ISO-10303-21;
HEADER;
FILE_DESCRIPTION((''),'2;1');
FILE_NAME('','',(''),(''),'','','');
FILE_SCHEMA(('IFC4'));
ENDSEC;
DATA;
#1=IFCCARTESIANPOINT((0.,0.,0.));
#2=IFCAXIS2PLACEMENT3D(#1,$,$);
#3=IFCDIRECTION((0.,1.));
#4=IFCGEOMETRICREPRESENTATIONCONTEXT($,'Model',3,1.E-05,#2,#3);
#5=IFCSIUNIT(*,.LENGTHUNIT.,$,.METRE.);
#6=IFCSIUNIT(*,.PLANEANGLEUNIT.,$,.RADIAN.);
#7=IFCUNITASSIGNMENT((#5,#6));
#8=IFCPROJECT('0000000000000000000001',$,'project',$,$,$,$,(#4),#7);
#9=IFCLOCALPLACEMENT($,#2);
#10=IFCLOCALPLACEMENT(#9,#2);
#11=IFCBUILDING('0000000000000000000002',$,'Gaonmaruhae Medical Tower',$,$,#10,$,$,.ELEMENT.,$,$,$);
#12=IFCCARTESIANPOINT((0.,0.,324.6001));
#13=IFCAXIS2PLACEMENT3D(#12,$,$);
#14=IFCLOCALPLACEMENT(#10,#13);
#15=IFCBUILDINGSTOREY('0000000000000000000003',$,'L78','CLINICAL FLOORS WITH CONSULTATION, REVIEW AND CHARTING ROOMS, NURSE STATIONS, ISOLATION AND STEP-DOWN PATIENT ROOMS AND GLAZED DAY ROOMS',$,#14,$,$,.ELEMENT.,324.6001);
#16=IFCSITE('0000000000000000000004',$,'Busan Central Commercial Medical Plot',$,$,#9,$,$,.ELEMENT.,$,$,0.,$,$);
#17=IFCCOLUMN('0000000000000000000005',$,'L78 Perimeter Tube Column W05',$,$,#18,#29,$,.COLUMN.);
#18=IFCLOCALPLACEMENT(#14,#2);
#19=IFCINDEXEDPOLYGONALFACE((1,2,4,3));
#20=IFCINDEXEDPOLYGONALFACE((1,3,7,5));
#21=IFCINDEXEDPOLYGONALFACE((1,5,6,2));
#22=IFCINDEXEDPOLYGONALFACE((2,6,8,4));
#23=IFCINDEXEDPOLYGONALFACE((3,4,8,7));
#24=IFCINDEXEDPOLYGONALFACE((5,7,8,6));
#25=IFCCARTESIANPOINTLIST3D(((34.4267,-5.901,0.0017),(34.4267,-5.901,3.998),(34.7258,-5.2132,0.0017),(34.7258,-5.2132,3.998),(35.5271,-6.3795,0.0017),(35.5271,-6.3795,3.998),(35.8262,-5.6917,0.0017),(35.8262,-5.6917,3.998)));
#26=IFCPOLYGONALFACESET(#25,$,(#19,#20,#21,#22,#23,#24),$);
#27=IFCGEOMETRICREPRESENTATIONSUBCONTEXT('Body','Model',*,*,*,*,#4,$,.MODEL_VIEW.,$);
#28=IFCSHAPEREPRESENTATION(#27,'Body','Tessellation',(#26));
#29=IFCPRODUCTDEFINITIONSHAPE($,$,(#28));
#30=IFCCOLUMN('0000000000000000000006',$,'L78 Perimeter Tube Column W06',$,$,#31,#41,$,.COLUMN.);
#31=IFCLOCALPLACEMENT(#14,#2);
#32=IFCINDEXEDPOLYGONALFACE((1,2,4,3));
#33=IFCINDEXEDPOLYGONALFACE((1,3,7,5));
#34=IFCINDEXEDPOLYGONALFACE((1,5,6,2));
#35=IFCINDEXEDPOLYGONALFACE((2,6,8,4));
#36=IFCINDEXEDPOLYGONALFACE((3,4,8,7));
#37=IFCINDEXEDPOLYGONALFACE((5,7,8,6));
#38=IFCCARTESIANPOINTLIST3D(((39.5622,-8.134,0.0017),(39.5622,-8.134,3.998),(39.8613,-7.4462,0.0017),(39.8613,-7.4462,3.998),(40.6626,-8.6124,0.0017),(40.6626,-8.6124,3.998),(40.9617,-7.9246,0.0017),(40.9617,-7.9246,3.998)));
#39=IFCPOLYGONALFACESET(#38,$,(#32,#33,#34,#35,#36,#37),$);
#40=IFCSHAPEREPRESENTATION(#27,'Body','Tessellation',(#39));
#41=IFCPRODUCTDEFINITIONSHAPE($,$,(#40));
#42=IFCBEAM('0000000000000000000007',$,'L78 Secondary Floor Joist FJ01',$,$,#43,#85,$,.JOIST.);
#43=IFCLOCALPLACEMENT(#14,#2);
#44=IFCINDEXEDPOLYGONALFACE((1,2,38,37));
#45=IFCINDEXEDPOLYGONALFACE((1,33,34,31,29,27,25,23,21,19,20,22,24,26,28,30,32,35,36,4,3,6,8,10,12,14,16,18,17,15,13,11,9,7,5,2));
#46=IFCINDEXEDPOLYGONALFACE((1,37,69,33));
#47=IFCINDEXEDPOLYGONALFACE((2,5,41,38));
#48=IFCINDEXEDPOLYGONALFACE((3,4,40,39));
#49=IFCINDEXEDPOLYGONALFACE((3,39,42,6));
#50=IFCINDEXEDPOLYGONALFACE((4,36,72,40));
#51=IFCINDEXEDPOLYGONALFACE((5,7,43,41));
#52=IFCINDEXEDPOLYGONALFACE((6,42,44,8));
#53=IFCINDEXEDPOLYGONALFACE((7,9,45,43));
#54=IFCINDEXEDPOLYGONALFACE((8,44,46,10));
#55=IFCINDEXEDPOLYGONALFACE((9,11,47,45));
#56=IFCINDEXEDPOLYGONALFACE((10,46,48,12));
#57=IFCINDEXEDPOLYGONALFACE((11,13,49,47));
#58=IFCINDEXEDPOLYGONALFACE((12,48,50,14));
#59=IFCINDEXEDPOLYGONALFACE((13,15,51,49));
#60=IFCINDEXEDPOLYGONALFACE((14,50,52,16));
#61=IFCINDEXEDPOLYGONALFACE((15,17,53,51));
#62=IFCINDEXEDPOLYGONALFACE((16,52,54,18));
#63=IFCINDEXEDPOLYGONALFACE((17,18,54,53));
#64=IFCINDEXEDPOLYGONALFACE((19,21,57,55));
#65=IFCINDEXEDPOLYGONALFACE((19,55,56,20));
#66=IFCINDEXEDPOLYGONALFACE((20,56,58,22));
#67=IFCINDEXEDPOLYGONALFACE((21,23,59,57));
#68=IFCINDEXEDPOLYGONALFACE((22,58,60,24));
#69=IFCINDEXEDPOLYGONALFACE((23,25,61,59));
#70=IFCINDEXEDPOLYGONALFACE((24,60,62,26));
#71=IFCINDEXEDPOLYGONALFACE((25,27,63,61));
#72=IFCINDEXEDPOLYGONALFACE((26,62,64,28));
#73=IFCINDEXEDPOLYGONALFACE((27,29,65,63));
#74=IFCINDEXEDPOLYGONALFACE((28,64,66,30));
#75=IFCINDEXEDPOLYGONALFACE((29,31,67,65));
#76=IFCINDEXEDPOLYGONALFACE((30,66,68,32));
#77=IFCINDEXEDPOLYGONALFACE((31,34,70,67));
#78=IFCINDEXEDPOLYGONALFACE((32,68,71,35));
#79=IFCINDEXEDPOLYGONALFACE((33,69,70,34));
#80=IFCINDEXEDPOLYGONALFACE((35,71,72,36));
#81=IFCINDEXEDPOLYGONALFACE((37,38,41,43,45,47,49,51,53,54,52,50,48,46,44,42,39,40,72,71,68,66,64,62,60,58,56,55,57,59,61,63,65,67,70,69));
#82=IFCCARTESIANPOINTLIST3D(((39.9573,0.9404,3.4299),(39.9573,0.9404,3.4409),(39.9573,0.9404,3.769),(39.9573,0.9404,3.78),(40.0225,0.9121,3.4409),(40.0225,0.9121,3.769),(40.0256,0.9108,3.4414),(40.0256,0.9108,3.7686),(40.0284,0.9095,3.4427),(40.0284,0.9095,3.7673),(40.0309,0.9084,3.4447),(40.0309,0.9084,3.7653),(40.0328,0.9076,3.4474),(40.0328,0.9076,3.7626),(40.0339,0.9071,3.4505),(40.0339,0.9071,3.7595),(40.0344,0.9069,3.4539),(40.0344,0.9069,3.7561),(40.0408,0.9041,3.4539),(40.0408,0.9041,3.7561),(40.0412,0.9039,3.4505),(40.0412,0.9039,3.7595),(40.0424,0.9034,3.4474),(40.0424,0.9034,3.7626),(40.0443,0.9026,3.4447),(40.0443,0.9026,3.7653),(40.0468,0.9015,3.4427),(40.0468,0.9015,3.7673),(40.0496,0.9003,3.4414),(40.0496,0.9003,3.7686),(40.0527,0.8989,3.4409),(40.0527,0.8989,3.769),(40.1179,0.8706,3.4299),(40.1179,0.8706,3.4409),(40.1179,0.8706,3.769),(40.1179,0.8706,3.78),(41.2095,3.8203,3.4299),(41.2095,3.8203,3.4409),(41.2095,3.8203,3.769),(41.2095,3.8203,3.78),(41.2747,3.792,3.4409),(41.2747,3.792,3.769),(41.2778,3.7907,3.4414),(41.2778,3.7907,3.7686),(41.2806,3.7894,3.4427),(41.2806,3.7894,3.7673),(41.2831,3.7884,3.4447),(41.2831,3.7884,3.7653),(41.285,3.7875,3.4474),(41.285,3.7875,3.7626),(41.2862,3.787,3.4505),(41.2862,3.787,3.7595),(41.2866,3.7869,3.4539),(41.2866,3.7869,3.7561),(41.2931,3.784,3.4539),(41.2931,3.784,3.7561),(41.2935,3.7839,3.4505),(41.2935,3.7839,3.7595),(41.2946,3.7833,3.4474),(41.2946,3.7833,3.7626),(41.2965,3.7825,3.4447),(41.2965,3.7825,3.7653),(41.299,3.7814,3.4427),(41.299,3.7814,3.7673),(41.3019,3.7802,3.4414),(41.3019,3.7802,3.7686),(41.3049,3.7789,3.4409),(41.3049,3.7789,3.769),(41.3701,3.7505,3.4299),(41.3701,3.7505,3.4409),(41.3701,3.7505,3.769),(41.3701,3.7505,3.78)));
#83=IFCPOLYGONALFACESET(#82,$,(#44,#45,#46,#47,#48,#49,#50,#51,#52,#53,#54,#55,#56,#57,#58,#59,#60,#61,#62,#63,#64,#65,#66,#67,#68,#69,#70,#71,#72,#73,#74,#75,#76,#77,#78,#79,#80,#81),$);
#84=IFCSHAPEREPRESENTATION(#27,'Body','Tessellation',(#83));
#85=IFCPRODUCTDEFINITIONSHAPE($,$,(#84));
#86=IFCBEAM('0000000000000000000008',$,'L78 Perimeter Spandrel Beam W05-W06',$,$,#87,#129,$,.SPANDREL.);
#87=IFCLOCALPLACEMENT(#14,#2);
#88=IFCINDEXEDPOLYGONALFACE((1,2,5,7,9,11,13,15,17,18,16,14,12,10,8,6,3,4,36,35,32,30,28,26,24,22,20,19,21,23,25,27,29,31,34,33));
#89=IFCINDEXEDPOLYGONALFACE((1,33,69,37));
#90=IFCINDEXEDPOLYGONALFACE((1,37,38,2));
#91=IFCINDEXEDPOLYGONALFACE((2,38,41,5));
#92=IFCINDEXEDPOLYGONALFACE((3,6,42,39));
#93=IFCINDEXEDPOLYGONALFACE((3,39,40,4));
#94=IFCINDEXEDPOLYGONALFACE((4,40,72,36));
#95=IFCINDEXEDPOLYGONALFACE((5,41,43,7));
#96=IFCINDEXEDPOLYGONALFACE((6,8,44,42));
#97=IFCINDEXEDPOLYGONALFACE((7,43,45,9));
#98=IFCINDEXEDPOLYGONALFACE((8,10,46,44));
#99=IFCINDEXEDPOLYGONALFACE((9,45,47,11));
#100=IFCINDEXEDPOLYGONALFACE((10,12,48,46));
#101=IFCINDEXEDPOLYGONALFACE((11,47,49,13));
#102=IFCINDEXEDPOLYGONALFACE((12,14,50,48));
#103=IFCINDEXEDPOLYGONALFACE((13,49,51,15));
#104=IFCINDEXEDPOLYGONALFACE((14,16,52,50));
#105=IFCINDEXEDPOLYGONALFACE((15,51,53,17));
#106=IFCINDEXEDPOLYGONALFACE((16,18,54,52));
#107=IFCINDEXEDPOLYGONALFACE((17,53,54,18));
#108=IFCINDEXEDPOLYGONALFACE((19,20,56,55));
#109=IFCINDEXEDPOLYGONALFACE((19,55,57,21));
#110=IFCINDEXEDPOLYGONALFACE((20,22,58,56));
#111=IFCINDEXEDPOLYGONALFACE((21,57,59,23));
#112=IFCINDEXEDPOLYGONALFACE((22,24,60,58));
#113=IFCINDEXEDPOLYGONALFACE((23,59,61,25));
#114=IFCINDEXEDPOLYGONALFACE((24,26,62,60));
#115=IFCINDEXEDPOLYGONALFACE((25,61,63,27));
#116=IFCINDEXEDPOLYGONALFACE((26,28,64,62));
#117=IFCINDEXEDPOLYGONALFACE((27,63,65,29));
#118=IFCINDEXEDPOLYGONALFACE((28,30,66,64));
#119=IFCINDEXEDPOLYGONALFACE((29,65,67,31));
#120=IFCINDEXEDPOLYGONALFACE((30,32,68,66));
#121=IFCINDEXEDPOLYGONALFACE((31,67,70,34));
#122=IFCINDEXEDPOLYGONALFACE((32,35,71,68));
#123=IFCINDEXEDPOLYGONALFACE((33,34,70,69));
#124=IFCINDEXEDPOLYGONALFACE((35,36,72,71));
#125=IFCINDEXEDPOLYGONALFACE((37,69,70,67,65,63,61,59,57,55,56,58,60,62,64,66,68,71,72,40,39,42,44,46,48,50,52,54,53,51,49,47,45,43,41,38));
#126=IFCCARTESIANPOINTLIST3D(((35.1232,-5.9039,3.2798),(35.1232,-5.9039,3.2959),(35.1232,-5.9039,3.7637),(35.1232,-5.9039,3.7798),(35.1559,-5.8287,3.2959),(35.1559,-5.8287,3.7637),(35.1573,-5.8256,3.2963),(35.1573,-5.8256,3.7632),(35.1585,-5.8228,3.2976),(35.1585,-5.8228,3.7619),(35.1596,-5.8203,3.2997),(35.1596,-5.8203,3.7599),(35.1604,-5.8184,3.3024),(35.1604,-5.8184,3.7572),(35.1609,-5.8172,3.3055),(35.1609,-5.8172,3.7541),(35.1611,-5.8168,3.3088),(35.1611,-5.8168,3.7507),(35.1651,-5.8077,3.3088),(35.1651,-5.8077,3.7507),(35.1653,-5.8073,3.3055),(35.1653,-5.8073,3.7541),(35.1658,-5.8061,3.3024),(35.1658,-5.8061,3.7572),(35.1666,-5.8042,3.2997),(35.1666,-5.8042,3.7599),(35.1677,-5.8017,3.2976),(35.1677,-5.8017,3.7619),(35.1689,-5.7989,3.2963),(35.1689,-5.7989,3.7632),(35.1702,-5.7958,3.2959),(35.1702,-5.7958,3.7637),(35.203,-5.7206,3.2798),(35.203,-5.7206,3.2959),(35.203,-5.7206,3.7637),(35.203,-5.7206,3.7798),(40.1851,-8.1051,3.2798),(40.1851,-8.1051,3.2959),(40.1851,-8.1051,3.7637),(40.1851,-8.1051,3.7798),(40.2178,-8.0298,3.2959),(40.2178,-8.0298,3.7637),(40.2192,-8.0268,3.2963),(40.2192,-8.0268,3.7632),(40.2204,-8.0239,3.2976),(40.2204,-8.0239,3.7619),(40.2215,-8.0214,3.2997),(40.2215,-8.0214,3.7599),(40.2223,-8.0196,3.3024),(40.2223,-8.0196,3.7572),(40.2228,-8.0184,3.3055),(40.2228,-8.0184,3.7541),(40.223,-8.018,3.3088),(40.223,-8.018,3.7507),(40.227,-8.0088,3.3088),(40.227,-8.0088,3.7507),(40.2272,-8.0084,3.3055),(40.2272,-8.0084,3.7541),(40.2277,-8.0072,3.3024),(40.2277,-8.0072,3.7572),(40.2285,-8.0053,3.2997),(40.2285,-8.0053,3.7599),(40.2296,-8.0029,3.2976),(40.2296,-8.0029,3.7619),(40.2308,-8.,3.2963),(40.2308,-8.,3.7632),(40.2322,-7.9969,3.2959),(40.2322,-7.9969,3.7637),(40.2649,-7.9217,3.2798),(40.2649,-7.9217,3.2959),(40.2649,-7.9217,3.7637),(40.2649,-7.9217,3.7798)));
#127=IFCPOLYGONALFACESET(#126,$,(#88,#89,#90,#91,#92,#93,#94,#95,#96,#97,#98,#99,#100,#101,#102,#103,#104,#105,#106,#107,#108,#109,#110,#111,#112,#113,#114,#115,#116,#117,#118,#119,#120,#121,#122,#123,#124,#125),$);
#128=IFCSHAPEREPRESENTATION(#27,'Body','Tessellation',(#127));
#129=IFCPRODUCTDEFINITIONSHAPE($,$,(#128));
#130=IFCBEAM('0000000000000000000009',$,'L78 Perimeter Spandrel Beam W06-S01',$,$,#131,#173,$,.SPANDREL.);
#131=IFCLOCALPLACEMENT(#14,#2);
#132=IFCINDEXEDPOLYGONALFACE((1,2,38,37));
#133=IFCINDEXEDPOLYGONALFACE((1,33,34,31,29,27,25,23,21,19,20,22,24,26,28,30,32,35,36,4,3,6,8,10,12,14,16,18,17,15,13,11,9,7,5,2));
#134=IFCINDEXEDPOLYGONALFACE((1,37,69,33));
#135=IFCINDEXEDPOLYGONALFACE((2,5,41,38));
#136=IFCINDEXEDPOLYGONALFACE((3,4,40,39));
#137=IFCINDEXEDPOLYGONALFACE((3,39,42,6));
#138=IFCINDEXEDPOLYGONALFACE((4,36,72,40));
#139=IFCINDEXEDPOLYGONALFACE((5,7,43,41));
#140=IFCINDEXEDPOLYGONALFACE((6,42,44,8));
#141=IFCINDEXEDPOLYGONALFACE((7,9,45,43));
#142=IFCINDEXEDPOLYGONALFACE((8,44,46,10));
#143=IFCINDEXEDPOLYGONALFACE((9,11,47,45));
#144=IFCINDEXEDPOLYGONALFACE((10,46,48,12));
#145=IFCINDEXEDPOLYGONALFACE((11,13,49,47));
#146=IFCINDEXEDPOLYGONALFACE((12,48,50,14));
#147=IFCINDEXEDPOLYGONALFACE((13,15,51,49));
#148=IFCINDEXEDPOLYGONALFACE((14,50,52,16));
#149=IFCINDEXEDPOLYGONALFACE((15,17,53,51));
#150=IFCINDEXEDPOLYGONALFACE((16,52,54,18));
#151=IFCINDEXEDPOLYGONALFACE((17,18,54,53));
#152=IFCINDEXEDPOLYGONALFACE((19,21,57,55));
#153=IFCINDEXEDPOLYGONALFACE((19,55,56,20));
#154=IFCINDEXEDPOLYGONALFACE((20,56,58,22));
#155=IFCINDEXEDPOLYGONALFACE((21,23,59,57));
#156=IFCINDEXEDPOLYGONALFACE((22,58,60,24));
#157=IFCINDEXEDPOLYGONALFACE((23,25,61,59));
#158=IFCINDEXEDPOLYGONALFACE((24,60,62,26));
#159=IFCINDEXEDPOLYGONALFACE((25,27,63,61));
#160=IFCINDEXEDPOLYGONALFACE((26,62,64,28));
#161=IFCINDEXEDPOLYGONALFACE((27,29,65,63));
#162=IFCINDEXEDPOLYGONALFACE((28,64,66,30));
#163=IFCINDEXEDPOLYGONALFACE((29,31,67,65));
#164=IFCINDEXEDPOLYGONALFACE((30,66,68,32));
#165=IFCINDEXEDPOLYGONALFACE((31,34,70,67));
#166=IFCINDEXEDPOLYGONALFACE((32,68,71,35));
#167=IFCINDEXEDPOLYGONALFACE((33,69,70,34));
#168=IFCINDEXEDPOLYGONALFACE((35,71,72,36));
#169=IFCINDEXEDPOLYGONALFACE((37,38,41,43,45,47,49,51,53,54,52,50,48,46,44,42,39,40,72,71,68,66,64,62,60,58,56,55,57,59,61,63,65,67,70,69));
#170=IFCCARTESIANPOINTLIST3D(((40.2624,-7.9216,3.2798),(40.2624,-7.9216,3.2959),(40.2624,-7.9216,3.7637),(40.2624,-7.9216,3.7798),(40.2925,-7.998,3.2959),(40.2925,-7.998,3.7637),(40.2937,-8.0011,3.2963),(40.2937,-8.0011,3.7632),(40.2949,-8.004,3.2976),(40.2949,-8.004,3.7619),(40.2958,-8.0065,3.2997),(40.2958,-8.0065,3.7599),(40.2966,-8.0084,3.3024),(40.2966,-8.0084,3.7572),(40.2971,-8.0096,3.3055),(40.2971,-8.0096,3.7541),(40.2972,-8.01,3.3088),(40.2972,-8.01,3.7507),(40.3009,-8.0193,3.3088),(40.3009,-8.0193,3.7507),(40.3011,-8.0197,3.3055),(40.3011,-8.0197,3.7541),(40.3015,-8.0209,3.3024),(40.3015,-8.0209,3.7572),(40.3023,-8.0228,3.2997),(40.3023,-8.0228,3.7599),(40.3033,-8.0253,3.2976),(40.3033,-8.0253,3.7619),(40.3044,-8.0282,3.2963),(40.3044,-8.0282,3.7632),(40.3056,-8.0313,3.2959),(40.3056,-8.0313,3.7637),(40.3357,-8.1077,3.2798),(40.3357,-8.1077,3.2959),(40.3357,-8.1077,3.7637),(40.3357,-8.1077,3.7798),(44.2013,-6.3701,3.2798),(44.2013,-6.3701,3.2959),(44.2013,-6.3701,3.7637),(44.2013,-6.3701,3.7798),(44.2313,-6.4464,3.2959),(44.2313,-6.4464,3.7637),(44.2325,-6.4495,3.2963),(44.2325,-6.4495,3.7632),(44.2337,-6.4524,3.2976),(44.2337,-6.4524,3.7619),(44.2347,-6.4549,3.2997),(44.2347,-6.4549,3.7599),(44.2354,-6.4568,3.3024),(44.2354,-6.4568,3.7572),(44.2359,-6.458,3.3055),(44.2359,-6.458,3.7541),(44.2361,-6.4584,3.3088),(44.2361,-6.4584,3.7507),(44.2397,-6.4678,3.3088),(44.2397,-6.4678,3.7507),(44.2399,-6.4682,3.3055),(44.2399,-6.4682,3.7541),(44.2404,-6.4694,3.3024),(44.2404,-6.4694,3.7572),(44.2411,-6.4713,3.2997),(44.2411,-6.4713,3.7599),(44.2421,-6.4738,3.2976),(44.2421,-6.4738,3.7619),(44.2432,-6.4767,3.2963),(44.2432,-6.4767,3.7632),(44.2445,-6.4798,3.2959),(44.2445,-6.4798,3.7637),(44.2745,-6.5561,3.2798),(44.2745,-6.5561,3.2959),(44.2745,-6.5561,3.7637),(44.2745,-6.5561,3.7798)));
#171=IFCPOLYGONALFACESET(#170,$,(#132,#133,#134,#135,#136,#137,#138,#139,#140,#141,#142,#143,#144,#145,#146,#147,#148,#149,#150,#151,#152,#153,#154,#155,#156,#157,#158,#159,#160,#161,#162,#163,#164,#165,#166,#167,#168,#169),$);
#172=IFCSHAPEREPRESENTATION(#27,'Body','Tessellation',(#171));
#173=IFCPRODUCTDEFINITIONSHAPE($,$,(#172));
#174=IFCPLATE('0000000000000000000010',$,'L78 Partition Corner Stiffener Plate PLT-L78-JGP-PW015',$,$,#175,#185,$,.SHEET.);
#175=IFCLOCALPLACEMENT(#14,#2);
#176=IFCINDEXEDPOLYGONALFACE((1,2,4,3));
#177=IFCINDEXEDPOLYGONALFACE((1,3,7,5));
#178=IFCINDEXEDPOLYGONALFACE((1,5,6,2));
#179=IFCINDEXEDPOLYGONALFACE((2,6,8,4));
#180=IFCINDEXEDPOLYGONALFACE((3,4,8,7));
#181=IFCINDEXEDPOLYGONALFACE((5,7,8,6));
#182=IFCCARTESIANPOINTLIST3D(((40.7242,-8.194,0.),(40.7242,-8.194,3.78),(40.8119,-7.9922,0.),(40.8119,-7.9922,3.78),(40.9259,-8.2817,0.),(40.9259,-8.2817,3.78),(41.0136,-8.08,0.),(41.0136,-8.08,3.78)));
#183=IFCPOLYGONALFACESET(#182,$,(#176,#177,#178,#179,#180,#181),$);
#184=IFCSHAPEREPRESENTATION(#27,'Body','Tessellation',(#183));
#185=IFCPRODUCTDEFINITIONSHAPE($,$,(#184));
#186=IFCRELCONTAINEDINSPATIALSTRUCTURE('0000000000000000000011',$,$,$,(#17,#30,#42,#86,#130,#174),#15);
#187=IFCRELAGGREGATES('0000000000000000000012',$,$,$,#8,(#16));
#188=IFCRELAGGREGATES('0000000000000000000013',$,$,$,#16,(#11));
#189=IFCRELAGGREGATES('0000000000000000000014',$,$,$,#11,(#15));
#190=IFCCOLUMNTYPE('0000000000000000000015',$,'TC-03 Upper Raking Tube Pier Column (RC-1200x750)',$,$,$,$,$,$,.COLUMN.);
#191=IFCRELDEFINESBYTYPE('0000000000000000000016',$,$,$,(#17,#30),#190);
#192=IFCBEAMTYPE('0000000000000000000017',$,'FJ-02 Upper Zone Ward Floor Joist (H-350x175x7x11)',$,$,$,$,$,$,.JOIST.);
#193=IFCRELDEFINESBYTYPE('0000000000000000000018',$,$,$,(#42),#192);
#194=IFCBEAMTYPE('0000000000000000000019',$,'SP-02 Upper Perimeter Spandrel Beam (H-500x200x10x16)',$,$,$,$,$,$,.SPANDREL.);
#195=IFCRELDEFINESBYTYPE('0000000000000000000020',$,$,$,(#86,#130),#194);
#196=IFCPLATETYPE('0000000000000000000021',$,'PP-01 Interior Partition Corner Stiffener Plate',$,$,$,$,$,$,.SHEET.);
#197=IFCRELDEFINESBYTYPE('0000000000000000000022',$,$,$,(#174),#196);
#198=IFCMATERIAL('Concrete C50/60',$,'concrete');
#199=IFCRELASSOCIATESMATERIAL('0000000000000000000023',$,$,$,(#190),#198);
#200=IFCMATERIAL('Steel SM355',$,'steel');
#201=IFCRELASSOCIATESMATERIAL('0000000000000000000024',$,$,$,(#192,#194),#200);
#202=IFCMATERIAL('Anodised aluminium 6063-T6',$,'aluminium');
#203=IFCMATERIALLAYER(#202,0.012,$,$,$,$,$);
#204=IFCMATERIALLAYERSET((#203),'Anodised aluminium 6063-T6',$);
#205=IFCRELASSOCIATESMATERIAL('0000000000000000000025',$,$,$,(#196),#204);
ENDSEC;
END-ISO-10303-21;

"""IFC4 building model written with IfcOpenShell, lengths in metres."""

from ifc_helpers import new_model, si_unit, direction, frame, origin, origin_2d, place, context, subcontext, project, spatial, rectangle, i_section, extrude, material, layer, layer_set, material_profile, profile_set, type_object, element, save


model = new_model("IFC4")

# Units and contexts
model_context = context("Model", 3, precision=1e-05, world=origin(), true_north=direction((0.0, 1.0)))
body_context = subcontext(model_context, "Body", "Model", "MODEL_VIEW")
ifc_project = project(units=[si_unit("LENGTHUNIT", "METRE"), si_unit("PLANEANGLEUNIT", "RADIAN")], contexts=[model_context])

# Site, building, storey
site_placement = place(None, origin())
site = spatial("IfcSite", under=ifc_project, at=site_placement, Name="Busan Central Commercial Medical Plot", CompositionType="ELEMENT", RefElevation=0.0)
building_placement = place(site_placement, origin())
building = spatial("IfcBuilding", under=site, at=building_placement, Name="Gaonmaruhae Medical Tower", CompositionType="ELEMENT")
storey_placement = place(building_placement, frame((0.0, 0.0, 324.6001)))
storey = spatial("IfcBuildingStorey", under=building, at=storey_placement, Name="L78", Description="CLINICAL FLOORS WITH CONSULTATION, REVIEW AND CHARTING ROOMS, NURSE STATIONS, ISOLATION AND STEP-DOWN PATIENT ROOMS AND GLAZED DAY ROOMS", CompositionType="ELEMENT", Elevation=324.6001)

# Columns
ifc_material_1 = material(Name="Concrete C50/60", Category="concrete")
ifc_material_profile_1 = material_profile(ifc_material_1, rectangle(XDim=1.2, YDim=0.75, at=origin_2d()), Name="RC-1200x750")
ifc_profile_set_1 = profile_set([ifc_material_profile_1], Name="Concrete C50/60")
column_type = type_object("IfcColumnType", Name="TC-03 Upper Raking Tube Pier Column (RC-1200x750)", PredefinedType="COLUMN", material=ifc_profile_set_1)
for number, where, z_axis, x_axis, name in (
    (1, (35.1265, -5.7964, 0.0017), (0.0, 0.0, 1.0), (-0.91706, 0.398749, 0.0), "L78 Perimeter Tube Column W05"),
    (2, (40.262, -8.0293, 0.0017), (0.0, 0.0, 1.0), (-0.91706, 0.398749, 0.0), "L78 Perimeter Tube Column W06"),
):
    element("IfcColumn", number, at=place(storey_placement, frame(where, z_axis=z_axis, x_axis=x_axis)), inside=storey, type_object=column_type, Name=name, PredefinedType="COLUMN", context=body_context, shape_type="SweptSolid", body=[
        extrude(rectangle(XDim=1.2, YDim=0.75, at=origin_2d()), origin(), (0.0, 0.0, 1.0), 3.9963),
    ])

# Beams
ifc_material_2 = material(Name="Steel SM355", Category="steel")
ifc_material_profile_2 = material_profile(ifc_material_2, i_section(OverallWidth=0.175, OverallDepth=0.3501, WebThickness=0.0071, FlangeThickness=0.011, FilletRadius=0.0129, at=origin_2d()), Name="H-350x175x7x11")
ifc_profile_set_2 = profile_set([ifc_material_profile_2], Name="Steel SM355")
beam_type_1 = type_object("IfcBeamType", Name="FJ-02 Upper Zone Ward Floor Joist (H-350x175x7x11)", PredefinedType="JOIST", material=ifc_profile_set_2)
beam_1_placement = place(storey_placement, frame((40.0376, 0.9055, 3.605), z_axis=(0.398746, 0.917061, 0.0), x_axis=(-0.917061, 0.398746, 0.0)))
element("IfcBeam", 3, at=beam_1_placement, inside=storey, type_object=beam_type_1, Name="L78 Secondary Floor Joist FJ01", PredefinedType="JOIST", context=body_context, shape_type="SweptSolid", body=[
    extrude(i_section(OverallWidth=0.175, OverallDepth=0.3501, WebThickness=0.0071, FlangeThickness=0.011, FilletRadius=0.0129, at=origin_2d()), origin(), (0.0, 0.0, 1.0), 3.1404),
])
ifc_material_profile_3 = material_profile(ifc_material_2, i_section(OverallWidth=0.2, OverallDepth=0.5, WebThickness=0.01, FlangeThickness=0.0161, FilletRadius=0.0129, at=origin_2d()), Name="H-500x200x10x16")
ifc_profile_set_3 = profile_set([ifc_material_profile_3], Name="Steel SM355")
beam_type_2 = type_object("IfcBeamType", Name="SP-02 Upper Perimeter Spandrel Beam (H-500x200x10x16)", PredefinedType="SPANDREL", material=ifc_profile_set_3)
beam_2_placement = place(storey_placement, frame((35.1631, -5.8123, 3.5298), z_axis=(0.91705, -0.398771, 0.0), x_axis=(0.398771, 0.91705, 0.0)))
element("IfcBeam", 4, at=beam_2_placement, inside=storey, type_object=beam_type_2, Name="L78 Perimeter Spandrel Beam W05-W06", PredefinedType="SPANDREL", context=body_context, shape_type="SweptSolid", body=[
    extrude(i_section(OverallWidth=0.2, OverallDepth=0.5, WebThickness=0.01, FlangeThickness=0.0161, FilletRadius=0.0129, at=origin_2d()), origin(), (0.0, 0.0, 1.0), 5.5198),
])
beam_3_placement = place(storey_placement, frame((40.2991, -8.0146, 3.5298), z_axis=(0.930417, 0.366503, 0.0), x_axis=(-0.366503, 0.930417, 0.0)))
element("IfcBeam", 5, at=beam_3_placement, inside=storey, type_object=beam_type_2, Name="L78 Perimeter Spandrel Beam W06-S01", PredefinedType="SPANDREL", context=body_context, shape_type="SweptSolid", body=[
    extrude(i_section(OverallWidth=0.2, OverallDepth=0.5, WebThickness=0.01, FlangeThickness=0.0161, FilletRadius=0.0129, at=origin_2d()), origin(), (0.0, 0.0, 1.0), 4.2334),
])

# Plate
ifc_material_3 = material(Name="Anodised aluminium 6063-T6", Category="aluminium")
ifc_layer_1 = layer(ifc_material_3, 0.012)
ifc_layer_set_1 = layer_set([ifc_layer_1], Name="Anodised aluminium 6063-T6")
plate_type = type_object("IfcPlateType", Name="PP-01 Interior Partition Corner Stiffener Plate", PredefinedType="SHEET", material=ifc_layer_set_1)
plate_1_placement = place(storey_placement, frame((40.8689, -8.137, 0.0), z_axis=(0.0, 0.0, 1.0), x_axis=(-0.398845, -0.917018, 0.0)))
element("IfcPlate", 6, at=plate_1_placement, inside=storey, type_object=plate_type, Name="L78 Partition Corner Stiffener Plate PLT-L78-JGP-PW015", PredefinedType="SHEET", context=body_context, shape_type="SweptSolid", body=[
    extrude(rectangle(XDim=0.22, YDim=0.22, at=origin_2d()), origin(), (0.0, 0.0, 1.0), 3.78),
])

save(model, "model.ifc")
